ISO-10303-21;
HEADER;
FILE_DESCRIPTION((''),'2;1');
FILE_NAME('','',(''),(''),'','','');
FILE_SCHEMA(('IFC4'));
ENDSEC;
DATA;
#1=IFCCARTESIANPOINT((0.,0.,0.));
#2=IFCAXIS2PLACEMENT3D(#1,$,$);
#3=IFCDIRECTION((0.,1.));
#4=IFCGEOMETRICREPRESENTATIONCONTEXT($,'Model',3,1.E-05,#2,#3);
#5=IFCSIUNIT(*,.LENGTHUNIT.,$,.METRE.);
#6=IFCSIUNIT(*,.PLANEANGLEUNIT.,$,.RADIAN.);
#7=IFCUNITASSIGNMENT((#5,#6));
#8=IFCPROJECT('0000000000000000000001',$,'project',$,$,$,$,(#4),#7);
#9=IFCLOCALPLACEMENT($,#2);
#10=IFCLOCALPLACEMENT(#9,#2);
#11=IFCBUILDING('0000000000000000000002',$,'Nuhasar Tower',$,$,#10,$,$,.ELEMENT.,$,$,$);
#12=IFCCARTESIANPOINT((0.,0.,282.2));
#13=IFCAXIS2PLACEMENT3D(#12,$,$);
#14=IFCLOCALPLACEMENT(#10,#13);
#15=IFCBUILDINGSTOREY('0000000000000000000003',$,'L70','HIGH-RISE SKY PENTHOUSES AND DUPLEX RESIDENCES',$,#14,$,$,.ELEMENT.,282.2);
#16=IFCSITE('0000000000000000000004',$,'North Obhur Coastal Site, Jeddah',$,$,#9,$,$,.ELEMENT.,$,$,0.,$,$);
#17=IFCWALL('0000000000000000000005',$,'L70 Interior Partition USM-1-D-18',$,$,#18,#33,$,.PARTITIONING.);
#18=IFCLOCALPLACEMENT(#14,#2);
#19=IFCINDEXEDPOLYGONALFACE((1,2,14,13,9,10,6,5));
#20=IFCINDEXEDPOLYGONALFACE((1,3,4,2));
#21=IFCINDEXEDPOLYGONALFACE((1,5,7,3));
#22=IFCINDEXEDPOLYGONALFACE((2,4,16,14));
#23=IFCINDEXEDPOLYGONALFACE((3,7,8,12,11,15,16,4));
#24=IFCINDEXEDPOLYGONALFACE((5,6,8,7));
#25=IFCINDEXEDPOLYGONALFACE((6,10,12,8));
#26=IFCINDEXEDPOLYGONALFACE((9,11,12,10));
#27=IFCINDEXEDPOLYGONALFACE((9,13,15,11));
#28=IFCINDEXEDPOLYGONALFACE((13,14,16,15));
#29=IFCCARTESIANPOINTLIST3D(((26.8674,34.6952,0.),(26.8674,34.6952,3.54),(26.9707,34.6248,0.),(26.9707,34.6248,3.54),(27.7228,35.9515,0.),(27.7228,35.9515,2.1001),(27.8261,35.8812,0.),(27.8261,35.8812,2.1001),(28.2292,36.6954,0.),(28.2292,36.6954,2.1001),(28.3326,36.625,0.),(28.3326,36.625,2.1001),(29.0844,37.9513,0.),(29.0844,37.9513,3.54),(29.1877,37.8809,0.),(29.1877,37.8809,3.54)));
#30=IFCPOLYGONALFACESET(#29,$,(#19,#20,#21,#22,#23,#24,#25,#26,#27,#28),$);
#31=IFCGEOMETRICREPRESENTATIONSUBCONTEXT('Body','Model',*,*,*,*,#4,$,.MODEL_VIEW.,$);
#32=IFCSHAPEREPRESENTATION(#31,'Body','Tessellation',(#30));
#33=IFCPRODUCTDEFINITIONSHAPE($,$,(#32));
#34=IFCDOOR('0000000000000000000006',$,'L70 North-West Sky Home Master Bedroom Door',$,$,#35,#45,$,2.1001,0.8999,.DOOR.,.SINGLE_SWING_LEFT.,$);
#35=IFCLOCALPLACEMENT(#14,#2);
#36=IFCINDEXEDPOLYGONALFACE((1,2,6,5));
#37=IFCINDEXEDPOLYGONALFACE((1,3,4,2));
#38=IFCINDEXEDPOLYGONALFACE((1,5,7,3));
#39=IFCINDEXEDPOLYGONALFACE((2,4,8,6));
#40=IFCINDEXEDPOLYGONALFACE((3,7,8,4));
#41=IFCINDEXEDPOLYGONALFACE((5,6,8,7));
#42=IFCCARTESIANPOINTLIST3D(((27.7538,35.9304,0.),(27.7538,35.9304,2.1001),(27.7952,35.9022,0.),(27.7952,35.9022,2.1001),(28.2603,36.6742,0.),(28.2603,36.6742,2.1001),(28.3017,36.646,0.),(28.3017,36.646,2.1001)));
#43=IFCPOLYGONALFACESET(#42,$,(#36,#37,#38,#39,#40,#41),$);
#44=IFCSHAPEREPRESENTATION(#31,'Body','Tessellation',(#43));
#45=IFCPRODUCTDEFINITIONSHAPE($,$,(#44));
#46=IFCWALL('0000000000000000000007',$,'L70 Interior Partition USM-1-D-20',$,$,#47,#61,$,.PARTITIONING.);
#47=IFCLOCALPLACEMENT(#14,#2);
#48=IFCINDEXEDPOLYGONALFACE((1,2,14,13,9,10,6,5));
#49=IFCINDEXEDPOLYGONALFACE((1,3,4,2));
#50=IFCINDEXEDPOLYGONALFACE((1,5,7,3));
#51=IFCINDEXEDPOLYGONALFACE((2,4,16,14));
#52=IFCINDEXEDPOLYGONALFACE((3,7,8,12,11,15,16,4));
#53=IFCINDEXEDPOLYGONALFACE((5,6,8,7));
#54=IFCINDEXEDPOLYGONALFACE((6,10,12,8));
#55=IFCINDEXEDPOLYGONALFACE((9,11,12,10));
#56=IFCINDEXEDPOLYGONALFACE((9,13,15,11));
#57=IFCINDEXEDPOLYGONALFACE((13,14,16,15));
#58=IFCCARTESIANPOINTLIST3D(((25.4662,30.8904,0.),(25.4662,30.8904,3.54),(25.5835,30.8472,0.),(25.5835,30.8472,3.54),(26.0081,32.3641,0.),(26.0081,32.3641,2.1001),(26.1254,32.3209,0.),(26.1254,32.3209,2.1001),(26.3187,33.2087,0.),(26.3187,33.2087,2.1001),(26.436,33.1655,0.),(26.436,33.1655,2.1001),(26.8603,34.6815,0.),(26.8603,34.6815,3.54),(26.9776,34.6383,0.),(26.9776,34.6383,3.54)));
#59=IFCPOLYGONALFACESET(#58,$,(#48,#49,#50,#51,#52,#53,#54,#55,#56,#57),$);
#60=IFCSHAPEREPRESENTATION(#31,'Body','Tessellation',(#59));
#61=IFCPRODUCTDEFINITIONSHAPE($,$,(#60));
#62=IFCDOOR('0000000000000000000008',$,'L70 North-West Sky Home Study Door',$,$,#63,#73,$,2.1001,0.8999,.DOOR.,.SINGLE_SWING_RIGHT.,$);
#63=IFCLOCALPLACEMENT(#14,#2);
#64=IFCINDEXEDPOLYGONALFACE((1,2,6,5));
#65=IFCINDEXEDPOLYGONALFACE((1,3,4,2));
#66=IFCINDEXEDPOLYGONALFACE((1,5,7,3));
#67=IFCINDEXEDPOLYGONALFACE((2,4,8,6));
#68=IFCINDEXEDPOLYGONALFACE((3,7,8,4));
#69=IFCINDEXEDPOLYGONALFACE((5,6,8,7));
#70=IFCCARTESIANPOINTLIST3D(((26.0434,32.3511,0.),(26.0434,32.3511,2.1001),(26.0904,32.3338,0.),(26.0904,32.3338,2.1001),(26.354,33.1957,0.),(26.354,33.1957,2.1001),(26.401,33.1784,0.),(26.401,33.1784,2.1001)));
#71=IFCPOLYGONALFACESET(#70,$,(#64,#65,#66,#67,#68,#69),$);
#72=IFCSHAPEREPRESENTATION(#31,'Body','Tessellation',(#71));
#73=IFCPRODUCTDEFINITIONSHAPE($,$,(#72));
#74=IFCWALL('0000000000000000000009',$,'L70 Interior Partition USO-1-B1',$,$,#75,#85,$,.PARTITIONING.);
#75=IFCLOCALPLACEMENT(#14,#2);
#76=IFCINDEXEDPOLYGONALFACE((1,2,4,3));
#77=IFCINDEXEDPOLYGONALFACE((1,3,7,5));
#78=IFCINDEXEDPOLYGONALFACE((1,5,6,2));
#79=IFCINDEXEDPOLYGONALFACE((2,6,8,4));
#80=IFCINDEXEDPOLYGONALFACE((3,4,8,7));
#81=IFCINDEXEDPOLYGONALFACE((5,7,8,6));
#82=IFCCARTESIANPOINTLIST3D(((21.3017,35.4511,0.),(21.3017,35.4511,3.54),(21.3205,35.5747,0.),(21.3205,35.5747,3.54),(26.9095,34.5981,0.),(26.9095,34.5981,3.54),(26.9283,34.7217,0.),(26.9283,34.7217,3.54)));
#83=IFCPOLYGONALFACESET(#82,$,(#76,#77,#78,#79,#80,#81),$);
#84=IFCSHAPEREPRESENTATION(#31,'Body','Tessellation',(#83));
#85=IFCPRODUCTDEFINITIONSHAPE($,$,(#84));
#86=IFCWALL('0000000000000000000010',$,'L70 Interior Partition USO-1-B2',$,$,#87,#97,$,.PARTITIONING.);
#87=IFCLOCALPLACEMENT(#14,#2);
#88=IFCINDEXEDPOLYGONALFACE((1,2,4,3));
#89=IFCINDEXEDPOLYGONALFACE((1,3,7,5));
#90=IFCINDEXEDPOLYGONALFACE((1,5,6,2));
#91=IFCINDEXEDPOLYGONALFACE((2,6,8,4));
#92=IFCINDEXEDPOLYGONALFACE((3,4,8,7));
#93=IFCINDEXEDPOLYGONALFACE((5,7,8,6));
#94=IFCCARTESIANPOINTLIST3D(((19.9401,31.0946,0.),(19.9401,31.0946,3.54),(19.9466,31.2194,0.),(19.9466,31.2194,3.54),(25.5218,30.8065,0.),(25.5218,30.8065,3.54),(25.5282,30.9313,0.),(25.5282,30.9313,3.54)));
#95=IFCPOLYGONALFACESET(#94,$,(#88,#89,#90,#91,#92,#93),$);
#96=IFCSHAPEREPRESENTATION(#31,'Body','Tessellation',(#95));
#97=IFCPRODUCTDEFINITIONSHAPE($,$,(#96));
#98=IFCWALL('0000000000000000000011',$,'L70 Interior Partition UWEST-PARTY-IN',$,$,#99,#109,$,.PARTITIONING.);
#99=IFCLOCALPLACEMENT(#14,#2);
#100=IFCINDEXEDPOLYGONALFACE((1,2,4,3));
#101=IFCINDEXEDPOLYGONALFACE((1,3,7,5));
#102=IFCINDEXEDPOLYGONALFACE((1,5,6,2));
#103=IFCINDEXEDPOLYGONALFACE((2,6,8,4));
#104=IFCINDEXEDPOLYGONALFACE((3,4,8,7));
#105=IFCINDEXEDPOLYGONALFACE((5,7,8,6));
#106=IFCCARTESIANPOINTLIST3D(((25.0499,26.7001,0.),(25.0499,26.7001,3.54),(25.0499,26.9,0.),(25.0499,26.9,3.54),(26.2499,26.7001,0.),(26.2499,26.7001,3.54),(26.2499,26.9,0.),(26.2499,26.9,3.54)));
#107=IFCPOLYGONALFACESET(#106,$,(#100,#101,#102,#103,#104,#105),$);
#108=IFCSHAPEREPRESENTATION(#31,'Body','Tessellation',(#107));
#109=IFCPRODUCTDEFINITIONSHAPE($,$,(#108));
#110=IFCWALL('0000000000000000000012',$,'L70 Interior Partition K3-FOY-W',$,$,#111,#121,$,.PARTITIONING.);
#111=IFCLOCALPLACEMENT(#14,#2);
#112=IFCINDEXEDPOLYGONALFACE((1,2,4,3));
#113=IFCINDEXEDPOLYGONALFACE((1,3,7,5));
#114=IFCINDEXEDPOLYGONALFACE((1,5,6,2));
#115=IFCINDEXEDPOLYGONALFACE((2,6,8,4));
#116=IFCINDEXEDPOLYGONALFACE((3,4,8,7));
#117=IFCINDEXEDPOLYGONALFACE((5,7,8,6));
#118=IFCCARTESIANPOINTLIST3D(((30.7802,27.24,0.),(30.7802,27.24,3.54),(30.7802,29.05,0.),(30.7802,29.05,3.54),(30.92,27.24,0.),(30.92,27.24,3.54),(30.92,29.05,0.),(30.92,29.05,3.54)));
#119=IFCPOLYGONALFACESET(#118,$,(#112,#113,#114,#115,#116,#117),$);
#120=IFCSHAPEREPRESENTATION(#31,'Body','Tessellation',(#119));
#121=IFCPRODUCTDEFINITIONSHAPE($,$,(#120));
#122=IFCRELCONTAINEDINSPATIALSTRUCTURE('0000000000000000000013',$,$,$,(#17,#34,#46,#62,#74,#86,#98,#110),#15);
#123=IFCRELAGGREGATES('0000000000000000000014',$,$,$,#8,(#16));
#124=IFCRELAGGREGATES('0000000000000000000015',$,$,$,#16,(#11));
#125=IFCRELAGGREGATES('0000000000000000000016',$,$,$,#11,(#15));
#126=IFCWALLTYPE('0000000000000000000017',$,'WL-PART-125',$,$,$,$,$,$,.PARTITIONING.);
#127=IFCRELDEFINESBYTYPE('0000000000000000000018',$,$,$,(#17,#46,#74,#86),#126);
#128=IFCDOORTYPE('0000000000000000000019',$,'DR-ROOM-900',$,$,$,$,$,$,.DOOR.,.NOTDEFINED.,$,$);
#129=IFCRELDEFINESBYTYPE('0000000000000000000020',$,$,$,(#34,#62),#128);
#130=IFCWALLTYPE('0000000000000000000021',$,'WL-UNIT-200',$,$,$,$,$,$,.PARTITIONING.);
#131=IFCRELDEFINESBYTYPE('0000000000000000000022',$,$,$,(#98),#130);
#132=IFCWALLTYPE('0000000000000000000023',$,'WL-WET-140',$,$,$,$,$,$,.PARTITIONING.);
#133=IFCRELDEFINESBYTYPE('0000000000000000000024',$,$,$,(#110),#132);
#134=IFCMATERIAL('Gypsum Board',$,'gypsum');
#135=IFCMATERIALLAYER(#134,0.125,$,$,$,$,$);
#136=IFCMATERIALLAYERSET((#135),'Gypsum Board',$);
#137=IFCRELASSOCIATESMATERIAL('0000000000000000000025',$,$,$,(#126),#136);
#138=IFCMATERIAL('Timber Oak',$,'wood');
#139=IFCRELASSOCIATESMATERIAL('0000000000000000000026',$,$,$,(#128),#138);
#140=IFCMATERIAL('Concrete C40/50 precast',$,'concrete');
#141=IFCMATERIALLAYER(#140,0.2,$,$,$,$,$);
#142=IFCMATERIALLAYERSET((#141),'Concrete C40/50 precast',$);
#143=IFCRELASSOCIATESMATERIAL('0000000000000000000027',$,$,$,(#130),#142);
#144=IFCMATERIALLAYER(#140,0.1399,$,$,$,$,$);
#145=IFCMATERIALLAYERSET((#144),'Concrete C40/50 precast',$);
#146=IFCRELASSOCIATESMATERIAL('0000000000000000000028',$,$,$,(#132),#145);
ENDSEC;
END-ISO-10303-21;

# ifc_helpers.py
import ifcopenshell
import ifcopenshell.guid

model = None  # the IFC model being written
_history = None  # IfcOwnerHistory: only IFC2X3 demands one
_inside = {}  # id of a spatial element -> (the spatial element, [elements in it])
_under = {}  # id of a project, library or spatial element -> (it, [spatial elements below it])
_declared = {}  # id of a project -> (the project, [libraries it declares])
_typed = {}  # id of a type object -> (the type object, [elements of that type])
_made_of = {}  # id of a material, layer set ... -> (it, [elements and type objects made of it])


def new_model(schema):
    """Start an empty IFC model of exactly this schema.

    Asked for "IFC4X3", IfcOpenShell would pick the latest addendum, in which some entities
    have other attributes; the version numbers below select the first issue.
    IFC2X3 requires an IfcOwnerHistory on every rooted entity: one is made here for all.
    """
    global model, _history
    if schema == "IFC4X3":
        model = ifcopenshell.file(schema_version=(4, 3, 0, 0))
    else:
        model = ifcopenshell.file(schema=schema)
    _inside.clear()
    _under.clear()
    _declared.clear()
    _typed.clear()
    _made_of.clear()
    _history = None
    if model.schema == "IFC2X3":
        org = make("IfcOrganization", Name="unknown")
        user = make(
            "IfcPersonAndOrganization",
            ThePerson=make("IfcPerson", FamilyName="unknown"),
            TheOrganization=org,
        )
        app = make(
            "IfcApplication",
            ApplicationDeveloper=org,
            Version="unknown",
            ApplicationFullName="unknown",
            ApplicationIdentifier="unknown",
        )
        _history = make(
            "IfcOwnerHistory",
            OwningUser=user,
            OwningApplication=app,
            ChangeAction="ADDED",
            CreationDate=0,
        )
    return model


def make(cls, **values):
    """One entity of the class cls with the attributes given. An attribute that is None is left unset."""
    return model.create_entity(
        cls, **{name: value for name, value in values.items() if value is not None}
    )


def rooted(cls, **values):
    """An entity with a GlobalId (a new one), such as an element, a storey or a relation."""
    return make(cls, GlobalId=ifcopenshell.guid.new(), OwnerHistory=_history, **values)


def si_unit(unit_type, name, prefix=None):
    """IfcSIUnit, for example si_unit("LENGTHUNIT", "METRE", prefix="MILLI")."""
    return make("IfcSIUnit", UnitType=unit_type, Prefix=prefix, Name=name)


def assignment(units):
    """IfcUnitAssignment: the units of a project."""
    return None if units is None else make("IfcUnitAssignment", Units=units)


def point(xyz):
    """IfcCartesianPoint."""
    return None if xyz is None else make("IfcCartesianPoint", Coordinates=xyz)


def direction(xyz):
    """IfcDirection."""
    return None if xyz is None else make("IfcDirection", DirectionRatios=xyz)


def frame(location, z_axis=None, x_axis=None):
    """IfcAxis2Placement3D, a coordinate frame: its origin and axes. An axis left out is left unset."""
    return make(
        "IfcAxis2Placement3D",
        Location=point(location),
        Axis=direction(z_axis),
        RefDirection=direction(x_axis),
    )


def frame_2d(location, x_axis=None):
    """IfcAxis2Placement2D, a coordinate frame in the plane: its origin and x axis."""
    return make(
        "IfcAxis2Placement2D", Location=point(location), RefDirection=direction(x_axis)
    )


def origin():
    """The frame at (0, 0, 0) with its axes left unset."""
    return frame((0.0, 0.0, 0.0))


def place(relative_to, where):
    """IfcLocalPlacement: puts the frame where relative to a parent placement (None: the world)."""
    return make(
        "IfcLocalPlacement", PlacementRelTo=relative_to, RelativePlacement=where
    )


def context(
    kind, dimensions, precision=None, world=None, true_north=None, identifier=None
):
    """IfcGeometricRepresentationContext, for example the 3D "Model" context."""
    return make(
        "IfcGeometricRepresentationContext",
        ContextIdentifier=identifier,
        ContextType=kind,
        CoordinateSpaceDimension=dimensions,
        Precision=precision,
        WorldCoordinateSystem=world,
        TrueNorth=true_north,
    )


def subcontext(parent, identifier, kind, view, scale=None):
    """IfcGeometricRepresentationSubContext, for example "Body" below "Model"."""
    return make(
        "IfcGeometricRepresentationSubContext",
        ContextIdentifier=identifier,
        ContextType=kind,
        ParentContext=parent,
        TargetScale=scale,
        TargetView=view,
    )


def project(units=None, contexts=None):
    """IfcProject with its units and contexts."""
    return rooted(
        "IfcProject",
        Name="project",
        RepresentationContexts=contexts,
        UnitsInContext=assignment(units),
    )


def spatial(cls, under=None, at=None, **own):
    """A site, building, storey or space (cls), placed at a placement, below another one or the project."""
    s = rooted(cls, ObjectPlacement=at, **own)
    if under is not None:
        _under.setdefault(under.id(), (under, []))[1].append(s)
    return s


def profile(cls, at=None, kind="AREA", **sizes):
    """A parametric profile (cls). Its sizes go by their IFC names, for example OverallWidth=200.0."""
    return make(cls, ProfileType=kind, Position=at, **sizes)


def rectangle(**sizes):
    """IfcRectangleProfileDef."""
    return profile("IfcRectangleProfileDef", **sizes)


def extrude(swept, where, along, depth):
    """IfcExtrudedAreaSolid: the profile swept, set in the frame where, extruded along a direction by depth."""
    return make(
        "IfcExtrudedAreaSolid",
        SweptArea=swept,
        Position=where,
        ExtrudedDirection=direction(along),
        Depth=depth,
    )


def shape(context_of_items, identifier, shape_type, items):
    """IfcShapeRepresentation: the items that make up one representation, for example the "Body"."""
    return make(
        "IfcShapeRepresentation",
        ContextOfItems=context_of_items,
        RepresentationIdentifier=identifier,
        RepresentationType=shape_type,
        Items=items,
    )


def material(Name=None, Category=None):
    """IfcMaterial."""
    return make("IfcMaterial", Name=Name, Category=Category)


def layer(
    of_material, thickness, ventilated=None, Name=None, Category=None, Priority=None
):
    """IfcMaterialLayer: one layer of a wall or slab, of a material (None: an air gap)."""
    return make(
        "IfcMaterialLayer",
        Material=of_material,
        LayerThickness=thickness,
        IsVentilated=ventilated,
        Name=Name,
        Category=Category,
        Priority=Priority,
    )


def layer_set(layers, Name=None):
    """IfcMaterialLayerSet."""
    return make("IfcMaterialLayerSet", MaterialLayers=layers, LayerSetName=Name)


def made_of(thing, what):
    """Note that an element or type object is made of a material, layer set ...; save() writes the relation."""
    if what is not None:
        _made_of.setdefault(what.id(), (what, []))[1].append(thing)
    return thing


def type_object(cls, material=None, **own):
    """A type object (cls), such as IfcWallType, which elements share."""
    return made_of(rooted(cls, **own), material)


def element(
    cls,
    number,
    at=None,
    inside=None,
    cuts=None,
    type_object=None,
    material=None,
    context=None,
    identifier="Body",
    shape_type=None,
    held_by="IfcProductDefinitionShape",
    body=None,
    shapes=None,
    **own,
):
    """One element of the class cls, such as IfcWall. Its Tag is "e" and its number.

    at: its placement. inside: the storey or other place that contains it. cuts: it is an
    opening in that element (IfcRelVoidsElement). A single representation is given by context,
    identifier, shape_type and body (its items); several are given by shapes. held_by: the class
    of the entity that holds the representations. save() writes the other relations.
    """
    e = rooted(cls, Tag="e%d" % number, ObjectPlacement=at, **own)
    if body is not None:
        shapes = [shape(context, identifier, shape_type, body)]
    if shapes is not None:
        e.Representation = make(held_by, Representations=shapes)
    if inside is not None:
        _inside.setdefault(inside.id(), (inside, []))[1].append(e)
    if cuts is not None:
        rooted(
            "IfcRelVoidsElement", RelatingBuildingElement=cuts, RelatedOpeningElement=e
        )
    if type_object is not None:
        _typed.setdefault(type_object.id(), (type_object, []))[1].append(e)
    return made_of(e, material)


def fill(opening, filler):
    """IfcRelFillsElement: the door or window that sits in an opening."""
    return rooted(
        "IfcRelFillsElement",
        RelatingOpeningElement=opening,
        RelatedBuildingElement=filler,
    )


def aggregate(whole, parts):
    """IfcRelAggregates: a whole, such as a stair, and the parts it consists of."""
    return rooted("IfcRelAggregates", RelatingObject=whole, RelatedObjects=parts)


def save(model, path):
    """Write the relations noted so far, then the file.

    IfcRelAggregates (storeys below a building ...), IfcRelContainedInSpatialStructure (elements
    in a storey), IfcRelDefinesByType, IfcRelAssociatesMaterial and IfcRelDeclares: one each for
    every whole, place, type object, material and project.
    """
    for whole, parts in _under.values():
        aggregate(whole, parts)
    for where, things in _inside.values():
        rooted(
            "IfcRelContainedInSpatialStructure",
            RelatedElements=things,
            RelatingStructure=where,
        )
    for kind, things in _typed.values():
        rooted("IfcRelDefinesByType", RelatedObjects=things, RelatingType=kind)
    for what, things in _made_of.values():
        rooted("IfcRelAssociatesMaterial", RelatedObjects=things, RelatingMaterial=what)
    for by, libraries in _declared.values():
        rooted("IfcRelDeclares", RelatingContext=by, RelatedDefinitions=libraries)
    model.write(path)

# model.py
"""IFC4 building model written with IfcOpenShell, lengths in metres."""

from ifc_helpers import new_model, si_unit, direction, frame, frame_2d, origin, place, context, subcontext, project, spatial, rectangle, extrude, material, layer, layer_set, type_object, element, fill, save


model = new_model("IFC4")

# Units and contexts
model_context = context("Model", 3, precision=1e-05, world=origin(), true_north=direction((0.0, 1.0)))
body_context = subcontext(model_context, "Body", "Model", "MODEL_VIEW")
ifc_project = project(units=[si_unit("LENGTHUNIT", "METRE"), si_unit("PLANEANGLEUNIT", "RADIAN")], contexts=[model_context])

# Site, building, storey
site_placement = place(None, origin())
site = spatial("IfcSite", under=ifc_project, at=site_placement, Name="North Obhur Coastal Site, Jeddah", CompositionType="ELEMENT", RefElevation=0.0)
building_placement = place(site_placement, origin())
building = spatial("IfcBuilding", under=site, at=building_placement, Name="Nuhasar Tower", CompositionType="ELEMENT")
storey_placement = place(building_placement, frame((0.0, 0.0, 282.2)))
storey = spatial("IfcBuildingStorey", under=building, at=storey_placement, Name="L70", Description="HIGH-RISE SKY PENTHOUSES AND DUPLEX RESIDENCES", CompositionType="ELEMENT", Elevation=282.2)

# Shared definitions
ifc_material_1 = material(Name="Gypsum Board", Category="gypsum")

# Shared definitions
ifc_material_2 = material(Name="Timber Oak", Category="wood")

# Walls, openings, doors
ifc_layer_1 = layer(ifc_material_1, 0.125)
ifc_layer_set_1 = layer_set([ifc_layer_1], Name="Gypsum Board")
wall_type_1 = type_object("IfcWallType", Name="WL-PART-125", PredefinedType="PARTITIONING", material=ifc_layer_set_1)
door_type_1 = type_object("IfcDoorType", Name="DR-ROOM-900", OperationType="NOTDEFINED", PredefinedType="DOOR", material=ifc_material_2)
wall_1_placement = place(storey_placement, frame((26.9189, 34.6599, 0.0), z_axis=(0.0, 0.0, 1.0), x_axis=(0.562812, 0.826585, 0.0)))
wall_1 = element("IfcWall", 1, at=wall_1_placement, inside=storey, type_object=wall_type_1, Name="L70 Interior Partition USM-1-D-18", PredefinedType="PARTITIONING", context=body_context, shape_type="SweptSolid", body=[
    extrude(rectangle(XDim=3.9392, YDim=0.125, at=frame_2d((1.9697, 0.0))), origin(), (0.0, 0.0, 1.0), 3.54),
])
opening_1_placement = place(wall_1_placement, frame((1.52, 0.0, 0.0)))
opening_1 = element("IfcOpeningElement", 2, at=opening_1_placement, cuts=wall_1, PredefinedType="OPENING", context=body_context, shape_type="SweptSolid", body=[
    extrude(rectangle(XDim=0.8999, YDim=2.1001, at=frame_2d((0.45, 1.05))), frame((0.0, 0.0725, 0.0), z_axis=(0.0, -1.0, 0.0), x_axis=(1.0, 0.0, 0.0)), (0.0, 0.0, 1.0), 0.145),
])
door_1_placement = place(opening_1_placement, origin())
door_1 = element("IfcDoor", 3, at=door_1_placement, inside=storey, type_object=door_type_1, Name="L70 North-West Sky Home Master Bedroom Door", OperationType="SINGLE_SWING_LEFT", OverallHeight=2.1001, OverallWidth=0.8999, PredefinedType="DOOR", context=body_context, shape_type="SweptSolid", body=[
    extrude(rectangle(XDim=0.8999, YDim=2.1001, at=frame_2d((0.45, 1.05))), frame((0.0, 0.0249, 0.0), z_axis=(0.0, -1.0, 0.0), x_axis=(1.0, 0.0, 0.0)), (0.0, 0.0, 1.0), 0.05),
])
fill(opening_1, door_1)
wall_2_placement = place(storey_placement, frame((25.5249, 30.8689, 0.0), z_axis=(0.0, 0.0, 1.0), x_axis=(0.345128, 0.938556, 0.0)))
wall_2 = element("IfcWall", 4, at=wall_2_placement, inside=storey, type_object=wall_type_1, Name="L70 Interior Partition USM-1-D-20", PredefinedType="PARTITIONING", context=body_context, shape_type="SweptSolid", body=[
    extrude(rectangle(XDim=4.0393, YDim=0.125, at=frame_2d((2.0195, 0.0))), origin(), (0.0, 0.0, 1.0), 3.54),
])
opening_2_placement = place(wall_2_placement, frame((1.5701, 0.0, 0.0)))
opening_2 = element("IfcOpeningElement", 5, at=opening_2_placement, cuts=wall_2, PredefinedType="OPENING", context=body_context, shape_type="SweptSolid", body=[
    extrude(rectangle(XDim=0.8999, YDim=2.1001, at=frame_2d((0.45, 1.05))), frame((0.0, 0.0725, 0.0), z_axis=(0.0, -1.0, 0.0), x_axis=(1.0, 0.0, 0.0)), (0.0, 0.0, 1.0), 0.145),
])
door_2_placement = place(opening_2_placement, origin())
door_2 = element("IfcDoor", 6, at=door_2_placement, inside=storey, type_object=door_type_1, Name="L70 North-West Sky Home Study Door", OperationType="SINGLE_SWING_RIGHT", OverallHeight=2.1001, OverallWidth=0.8999, PredefinedType="DOOR", context=body_context, shape_type="SweptSolid", body=[
    extrude(rectangle(XDim=0.8999, YDim=2.1001, at=frame_2d((0.45, 1.05))), frame((0.0, 0.0249, 0.0), z_axis=(0.0, -1.0, 0.0), x_axis=(1.0, 0.0, 0.0)), (0.0, 0.0, 1.0), 0.05),
])
fill(opening_2, door_2)

# Walls
wall_3_placement = place(storey_placement, frame((26.9189, 34.6599, 0.0), z_axis=(0.0, 0.0, 1.0), x_axis=(-0.988628, 0.150382, 0.0)))
element("IfcWall", 7, at=wall_3_placement, inside=storey, type_object=wall_type_1, Name="L70 Interior Partition USO-1-B1", PredefinedType="PARTITIONING", context=body_context, shape_type="SweptSolid", body=[
    extrude(rectangle(XDim=5.6724, YDim=0.125, at=frame_2d((2.8362, 0.0))), origin(), (0.0, 0.0, 1.0), 3.54),
])
wall_4_placement = place(storey_placement, frame((25.5249, 30.8689, 0.0), z_axis=(0.0, 0.0, 1.0), x_axis=(-0.998671, 0.051543, 0.0)))
element("IfcWall", 8, at=wall_4_placement, inside=storey, type_object=wall_type_1, Name="L70 Interior Partition USO-1-B2", PredefinedType="PARTITIONING", context=body_context, shape_type="SweptSolid", body=[
    extrude(rectangle(XDim=5.5891, YDim=0.125, at=frame_2d((2.7944, 0.0))), origin(), (0.0, 0.0, 1.0), 3.54),
])
ifc_material_3 = material(Name="Concrete C40/50 precast", Category="concrete")
ifc_layer_2 = layer(ifc_material_3, 0.2)
ifc_layer_set_2 = layer_set([ifc_layer_2], Name="Concrete C40/50 precast")
wall_type_2 = type_object("IfcWallType", Name="WL-UNIT-200", PredefinedType="PARTITIONING", material=ifc_layer_set_2)
wall_5_placement = place(storey_placement, frame((26.25, 26.8, 0.0), z_axis=(0.0, 0.0, 1.0), x_axis=(-1.0, 0.0, 0.0)))
element("IfcWall", 9, at=wall_5_placement, inside=storey, type_object=wall_type_2, Name="L70 Interior Partition UWEST-PARTY-IN", PredefinedType="PARTITIONING", context=body_context, shape_type="SweptSolid", body=[
    extrude(rectangle(XDim=1.2, YDim=0.2, at=frame_2d((0.6001, 0.0))), origin(), (0.0, 0.0, 1.0), 3.54),
])
ifc_layer_3 = layer(ifc_material_3, 0.1399)
ifc_layer_set_3 = layer_set([ifc_layer_3], Name="Concrete C40/50 precast")
wall_type_3 = type_object("IfcWallType", Name="WL-WET-140", PredefinedType="PARTITIONING", material=ifc_layer_set_3)
wall_6_placement = place(storey_placement, frame((30.8501, 27.24, 0.0), z_axis=(0.0, 0.0, 1.0), x_axis=(0.0, 1.0, 0.0)))
element("IfcWall", 10, at=wall_6_placement, inside=storey, type_object=wall_type_3, Name="L70 Interior Partition K3-FOY-W", PredefinedType="PARTITIONING", context=body_context, shape_type="SweptSolid", body=[
    extrude(rectangle(XDim=1.8101, YDim=0.1399, at=frame_2d((0.905, 0.0))), origin(), (0.0, 0.0, 1.0), 3.54),
])

save(model, "model.ifc")
